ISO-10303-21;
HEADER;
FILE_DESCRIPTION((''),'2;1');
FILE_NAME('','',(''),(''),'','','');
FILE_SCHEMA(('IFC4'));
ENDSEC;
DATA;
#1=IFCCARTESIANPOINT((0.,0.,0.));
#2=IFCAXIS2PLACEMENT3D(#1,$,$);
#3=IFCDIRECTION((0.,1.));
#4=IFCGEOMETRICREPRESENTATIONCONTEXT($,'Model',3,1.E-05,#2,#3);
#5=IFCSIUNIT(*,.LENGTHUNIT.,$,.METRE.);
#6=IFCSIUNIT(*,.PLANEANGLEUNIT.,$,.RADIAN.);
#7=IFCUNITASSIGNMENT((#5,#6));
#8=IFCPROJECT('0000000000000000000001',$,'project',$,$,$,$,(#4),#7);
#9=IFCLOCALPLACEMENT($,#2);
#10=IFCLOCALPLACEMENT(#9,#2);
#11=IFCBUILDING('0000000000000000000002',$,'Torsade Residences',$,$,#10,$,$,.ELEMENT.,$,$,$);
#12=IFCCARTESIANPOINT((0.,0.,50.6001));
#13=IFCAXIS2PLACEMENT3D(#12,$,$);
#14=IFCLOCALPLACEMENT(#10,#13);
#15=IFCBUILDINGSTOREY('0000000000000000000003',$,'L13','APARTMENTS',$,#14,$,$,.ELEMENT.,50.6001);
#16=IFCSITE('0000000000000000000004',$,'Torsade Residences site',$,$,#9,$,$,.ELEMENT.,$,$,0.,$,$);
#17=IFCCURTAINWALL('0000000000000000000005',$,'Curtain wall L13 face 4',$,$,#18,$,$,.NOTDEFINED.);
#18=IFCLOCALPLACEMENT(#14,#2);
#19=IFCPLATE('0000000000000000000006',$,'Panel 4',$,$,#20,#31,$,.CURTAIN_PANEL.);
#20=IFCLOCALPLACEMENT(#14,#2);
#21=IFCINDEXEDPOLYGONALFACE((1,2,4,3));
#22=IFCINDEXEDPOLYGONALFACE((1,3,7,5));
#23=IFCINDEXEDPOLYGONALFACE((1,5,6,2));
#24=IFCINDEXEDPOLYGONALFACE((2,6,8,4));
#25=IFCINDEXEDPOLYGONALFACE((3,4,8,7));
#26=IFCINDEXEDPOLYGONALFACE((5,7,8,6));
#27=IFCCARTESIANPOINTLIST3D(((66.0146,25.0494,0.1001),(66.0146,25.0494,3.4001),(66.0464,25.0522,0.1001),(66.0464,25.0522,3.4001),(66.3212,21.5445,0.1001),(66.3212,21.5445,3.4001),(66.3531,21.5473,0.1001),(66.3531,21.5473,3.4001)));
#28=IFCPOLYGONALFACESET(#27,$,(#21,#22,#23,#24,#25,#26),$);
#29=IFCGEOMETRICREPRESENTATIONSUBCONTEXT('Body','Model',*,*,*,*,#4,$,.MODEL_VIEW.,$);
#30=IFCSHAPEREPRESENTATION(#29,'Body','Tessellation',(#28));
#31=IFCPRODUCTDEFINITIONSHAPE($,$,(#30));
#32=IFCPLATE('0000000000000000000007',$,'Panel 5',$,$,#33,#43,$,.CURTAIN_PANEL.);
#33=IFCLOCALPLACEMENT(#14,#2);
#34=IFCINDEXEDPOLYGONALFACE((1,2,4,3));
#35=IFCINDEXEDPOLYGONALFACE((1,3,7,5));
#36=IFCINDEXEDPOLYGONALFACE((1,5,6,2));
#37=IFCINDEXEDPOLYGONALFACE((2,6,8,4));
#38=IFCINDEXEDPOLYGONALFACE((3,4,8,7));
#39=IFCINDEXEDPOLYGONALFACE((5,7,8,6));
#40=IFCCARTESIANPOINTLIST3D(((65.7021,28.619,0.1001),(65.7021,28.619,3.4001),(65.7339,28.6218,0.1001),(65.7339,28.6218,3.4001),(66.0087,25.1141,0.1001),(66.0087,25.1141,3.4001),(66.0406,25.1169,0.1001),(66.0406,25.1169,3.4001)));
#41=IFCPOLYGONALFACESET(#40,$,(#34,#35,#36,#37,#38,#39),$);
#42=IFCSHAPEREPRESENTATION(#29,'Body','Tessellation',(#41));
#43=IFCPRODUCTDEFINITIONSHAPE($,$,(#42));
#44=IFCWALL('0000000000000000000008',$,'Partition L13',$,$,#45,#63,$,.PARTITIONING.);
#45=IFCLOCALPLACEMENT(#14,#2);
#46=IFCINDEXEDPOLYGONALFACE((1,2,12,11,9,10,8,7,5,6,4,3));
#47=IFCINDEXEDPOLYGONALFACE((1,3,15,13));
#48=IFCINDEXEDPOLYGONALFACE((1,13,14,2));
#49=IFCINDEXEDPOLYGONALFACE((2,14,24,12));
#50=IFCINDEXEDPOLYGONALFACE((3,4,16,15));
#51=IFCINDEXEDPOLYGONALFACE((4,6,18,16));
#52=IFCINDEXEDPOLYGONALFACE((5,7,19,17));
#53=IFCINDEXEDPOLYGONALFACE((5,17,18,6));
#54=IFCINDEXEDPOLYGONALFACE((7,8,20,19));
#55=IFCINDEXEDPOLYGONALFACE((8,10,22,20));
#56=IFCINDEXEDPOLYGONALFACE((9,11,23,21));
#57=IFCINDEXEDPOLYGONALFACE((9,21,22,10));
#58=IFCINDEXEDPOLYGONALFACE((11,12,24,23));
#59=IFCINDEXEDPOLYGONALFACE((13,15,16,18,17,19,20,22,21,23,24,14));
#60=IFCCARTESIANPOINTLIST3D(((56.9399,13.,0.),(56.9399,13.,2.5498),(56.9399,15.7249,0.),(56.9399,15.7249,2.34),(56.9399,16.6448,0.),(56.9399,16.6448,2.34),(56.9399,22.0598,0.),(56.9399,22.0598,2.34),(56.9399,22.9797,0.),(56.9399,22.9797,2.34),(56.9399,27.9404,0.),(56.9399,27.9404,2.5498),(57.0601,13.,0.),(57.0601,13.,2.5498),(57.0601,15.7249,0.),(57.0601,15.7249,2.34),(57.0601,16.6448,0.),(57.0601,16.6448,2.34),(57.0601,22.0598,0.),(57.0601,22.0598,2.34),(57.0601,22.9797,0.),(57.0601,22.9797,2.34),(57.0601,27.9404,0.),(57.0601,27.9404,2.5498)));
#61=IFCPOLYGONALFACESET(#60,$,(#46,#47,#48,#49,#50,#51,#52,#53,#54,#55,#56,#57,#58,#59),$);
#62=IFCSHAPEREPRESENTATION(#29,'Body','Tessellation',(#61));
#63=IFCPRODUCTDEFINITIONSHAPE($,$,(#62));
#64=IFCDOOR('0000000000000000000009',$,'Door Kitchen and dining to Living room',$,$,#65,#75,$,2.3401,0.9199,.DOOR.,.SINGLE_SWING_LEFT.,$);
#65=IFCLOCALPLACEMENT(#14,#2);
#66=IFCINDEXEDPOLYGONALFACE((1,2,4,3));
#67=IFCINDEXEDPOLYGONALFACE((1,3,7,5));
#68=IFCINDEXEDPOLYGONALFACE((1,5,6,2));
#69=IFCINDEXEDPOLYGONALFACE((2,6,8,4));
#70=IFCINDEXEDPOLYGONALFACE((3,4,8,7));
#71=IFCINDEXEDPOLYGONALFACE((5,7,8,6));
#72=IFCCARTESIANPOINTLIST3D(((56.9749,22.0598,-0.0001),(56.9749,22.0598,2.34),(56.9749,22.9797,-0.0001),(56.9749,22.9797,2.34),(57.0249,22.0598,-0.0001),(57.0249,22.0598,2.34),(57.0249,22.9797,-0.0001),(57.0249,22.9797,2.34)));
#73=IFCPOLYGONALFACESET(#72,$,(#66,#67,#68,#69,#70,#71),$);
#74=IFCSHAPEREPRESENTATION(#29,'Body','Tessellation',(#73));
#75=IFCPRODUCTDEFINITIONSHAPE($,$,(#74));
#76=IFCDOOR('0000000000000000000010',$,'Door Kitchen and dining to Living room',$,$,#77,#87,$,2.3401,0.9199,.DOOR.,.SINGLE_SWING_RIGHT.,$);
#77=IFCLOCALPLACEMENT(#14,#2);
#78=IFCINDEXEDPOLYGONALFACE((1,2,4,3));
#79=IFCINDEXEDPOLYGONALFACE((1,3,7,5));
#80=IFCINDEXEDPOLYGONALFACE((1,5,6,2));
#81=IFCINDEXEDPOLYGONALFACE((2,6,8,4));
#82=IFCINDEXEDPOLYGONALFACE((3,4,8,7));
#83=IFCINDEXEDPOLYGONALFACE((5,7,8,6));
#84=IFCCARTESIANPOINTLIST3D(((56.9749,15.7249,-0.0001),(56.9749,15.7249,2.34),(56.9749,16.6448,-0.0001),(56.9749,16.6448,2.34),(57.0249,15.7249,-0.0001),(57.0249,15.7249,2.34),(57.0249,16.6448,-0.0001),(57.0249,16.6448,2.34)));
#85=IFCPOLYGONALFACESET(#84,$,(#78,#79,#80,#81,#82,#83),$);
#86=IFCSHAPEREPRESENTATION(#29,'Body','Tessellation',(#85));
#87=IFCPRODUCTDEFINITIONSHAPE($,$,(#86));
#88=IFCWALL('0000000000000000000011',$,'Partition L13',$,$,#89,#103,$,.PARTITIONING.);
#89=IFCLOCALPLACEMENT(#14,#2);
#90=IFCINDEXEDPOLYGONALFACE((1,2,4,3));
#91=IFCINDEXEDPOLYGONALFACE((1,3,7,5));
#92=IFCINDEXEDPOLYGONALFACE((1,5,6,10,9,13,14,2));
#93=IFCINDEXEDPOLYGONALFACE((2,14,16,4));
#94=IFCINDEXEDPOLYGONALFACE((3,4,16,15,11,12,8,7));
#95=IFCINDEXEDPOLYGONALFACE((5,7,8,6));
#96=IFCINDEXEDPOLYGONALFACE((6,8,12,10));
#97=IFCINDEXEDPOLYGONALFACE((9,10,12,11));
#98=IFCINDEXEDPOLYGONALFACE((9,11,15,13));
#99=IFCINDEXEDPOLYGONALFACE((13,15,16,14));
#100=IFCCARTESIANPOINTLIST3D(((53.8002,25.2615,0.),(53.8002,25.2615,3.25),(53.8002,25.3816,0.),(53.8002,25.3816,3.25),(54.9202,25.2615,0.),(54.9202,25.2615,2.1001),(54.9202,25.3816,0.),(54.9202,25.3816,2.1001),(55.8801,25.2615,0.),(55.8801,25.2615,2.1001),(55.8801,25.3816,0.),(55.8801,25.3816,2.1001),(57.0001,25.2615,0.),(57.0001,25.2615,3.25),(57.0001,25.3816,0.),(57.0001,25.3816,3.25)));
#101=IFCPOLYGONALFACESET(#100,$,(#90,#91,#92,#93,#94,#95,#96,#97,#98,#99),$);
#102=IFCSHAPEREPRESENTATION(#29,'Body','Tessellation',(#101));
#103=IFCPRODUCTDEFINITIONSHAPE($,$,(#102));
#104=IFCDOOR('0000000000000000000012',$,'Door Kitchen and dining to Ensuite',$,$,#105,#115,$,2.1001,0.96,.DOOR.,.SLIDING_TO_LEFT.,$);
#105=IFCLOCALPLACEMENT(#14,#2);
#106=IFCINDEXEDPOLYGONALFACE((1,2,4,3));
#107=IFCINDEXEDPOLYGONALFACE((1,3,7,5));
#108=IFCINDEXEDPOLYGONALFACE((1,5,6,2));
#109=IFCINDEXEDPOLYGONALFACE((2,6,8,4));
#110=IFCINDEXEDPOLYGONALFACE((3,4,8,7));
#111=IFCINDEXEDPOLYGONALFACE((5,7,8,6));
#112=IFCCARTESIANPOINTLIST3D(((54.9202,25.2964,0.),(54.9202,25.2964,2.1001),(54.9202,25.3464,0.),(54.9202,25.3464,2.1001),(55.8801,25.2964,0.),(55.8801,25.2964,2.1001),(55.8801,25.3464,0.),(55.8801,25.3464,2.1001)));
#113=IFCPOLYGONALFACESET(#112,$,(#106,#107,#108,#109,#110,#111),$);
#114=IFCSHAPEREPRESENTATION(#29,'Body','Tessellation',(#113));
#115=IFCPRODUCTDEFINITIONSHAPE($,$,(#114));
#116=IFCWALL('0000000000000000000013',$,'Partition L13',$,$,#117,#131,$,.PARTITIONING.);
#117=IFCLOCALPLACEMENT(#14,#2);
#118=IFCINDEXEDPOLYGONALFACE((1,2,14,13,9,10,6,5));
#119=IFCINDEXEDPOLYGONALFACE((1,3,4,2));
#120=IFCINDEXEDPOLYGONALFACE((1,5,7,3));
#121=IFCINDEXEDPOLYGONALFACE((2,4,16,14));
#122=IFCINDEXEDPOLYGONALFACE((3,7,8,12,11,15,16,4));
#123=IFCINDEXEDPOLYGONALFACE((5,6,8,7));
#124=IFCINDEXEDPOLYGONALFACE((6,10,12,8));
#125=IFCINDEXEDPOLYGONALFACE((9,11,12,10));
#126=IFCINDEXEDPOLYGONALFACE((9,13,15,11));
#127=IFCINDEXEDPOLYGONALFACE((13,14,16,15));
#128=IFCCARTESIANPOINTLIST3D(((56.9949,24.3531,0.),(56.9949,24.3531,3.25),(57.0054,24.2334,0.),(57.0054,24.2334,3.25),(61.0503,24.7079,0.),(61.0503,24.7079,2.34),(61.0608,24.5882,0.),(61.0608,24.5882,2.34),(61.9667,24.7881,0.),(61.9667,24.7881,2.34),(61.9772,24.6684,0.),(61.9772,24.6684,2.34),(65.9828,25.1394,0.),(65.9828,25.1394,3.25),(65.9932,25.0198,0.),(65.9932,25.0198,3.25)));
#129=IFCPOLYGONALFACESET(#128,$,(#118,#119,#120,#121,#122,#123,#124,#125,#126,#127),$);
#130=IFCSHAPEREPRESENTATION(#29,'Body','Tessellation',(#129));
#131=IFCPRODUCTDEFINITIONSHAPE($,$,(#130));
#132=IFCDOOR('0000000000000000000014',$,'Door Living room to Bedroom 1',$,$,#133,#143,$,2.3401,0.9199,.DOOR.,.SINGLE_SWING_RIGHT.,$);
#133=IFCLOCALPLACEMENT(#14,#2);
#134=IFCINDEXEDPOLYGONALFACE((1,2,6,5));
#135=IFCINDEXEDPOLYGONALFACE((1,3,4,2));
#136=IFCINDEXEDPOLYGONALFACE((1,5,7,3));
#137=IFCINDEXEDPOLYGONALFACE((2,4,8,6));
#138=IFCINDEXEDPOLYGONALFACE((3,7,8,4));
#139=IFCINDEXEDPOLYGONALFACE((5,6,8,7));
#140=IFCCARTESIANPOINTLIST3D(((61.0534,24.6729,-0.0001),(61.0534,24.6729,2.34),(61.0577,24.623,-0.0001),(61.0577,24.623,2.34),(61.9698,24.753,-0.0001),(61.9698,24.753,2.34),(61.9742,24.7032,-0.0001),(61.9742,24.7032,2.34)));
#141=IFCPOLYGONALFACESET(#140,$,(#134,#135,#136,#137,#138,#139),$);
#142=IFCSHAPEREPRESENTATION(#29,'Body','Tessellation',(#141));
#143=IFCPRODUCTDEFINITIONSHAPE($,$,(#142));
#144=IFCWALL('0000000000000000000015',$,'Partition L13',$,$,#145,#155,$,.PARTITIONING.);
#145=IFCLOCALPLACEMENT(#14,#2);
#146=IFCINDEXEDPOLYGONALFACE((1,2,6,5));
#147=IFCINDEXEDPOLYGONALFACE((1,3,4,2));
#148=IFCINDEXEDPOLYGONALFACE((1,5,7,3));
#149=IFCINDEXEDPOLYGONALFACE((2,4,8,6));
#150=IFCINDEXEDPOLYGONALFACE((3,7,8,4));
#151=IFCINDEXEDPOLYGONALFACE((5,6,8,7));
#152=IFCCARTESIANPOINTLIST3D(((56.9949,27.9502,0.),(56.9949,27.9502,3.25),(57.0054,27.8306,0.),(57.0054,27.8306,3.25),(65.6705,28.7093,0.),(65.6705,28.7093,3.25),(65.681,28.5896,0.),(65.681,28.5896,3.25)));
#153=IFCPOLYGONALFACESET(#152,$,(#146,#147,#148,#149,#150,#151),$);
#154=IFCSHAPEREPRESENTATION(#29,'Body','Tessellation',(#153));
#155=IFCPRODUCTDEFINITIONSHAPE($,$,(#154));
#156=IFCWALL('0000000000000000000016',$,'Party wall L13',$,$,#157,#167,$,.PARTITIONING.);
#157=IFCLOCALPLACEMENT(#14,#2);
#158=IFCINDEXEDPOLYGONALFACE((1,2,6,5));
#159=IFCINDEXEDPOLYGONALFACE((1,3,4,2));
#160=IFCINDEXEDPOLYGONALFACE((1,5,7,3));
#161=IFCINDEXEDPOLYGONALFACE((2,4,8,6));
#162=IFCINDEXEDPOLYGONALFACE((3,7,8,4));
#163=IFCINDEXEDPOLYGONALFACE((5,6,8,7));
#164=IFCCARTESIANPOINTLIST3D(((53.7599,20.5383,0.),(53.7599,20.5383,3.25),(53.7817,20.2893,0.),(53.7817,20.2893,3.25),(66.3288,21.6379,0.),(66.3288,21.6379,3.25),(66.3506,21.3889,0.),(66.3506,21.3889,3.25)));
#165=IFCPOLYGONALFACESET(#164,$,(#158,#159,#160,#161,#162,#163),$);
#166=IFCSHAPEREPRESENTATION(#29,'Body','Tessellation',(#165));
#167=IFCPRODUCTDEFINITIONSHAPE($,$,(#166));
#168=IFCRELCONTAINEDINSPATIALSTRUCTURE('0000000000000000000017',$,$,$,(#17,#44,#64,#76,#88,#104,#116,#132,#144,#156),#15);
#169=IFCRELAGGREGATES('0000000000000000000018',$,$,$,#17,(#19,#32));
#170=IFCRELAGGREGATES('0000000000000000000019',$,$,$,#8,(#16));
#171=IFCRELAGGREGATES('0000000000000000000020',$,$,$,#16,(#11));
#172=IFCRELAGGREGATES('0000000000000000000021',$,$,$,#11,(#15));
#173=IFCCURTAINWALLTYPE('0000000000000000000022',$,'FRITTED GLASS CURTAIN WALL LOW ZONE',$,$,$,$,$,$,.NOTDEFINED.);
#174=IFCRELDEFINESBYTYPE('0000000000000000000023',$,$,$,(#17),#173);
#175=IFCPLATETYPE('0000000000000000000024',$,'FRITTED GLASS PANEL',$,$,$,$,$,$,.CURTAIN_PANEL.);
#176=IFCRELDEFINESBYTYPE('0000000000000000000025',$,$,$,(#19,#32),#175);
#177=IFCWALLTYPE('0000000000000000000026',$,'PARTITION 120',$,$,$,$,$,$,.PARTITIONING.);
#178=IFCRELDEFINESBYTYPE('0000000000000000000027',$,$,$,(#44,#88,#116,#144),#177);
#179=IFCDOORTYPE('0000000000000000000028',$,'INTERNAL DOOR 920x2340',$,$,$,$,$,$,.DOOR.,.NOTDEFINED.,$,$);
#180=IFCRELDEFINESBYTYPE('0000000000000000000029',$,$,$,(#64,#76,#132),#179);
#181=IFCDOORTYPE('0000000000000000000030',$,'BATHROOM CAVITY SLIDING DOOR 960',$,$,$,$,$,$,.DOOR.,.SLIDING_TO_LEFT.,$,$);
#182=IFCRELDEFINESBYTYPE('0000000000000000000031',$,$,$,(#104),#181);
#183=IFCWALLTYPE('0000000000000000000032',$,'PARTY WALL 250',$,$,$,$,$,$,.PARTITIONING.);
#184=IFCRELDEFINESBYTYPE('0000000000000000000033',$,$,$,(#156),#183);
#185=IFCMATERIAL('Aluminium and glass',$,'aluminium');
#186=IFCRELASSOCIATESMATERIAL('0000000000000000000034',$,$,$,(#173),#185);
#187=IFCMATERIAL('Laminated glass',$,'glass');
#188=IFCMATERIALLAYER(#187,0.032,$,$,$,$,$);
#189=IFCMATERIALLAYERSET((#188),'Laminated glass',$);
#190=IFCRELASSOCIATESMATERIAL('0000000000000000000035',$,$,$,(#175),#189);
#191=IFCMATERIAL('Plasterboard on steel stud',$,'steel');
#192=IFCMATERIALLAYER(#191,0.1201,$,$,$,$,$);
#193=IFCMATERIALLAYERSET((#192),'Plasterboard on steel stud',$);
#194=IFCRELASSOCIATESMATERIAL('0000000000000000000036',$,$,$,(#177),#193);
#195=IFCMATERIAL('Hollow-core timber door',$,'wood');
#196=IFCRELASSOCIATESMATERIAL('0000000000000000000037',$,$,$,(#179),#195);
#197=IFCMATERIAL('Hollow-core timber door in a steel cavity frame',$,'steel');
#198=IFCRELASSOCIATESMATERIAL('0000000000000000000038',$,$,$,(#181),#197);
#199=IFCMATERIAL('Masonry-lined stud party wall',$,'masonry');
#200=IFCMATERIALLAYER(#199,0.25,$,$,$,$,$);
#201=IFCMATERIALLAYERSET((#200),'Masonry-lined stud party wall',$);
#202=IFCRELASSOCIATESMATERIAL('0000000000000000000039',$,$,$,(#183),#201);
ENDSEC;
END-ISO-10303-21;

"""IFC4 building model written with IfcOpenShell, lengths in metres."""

from ifc_helpers import new_model, si_unit, direction, frame, frame_2d, origin, origin_2d, place, context, subcontext, project, spatial, rectangle, extrude, material, layer, layer_set, type_object, element, fill, aggregate, save


model = new_model("IFC4")

# Units and contexts
model_context = context("Model", 3, precision=1e-05, world=origin(), true_north=direction((0.0, 1.0)))
body_context = subcontext(model_context, "Body", "Model", "MODEL_VIEW")
ifc_project = project(units=[si_unit("LENGTHUNIT", "METRE"), si_unit("PLANEANGLEUNIT", "RADIAN")], contexts=[model_context])

# Site, building, storey
site_placement = place(None, origin())
site = spatial("IfcSite", under=ifc_project, at=site_placement, Name="Torsade Residences site", CompositionType="ELEMENT", RefElevation=0.0)
building_placement = place(site_placement, origin())
building = spatial("IfcBuilding", under=site, at=building_placement, Name="Torsade Residences", CompositionType="ELEMENT")
storey_placement = place(building_placement, frame((0.0, 0.0, 50.6001)))
storey = spatial("IfcBuildingStorey", under=building, at=storey_placement, Name="L13", Description="APARTMENTS", CompositionType="ELEMENT", Elevation=50.6001)

# Curtain wall
ifc_material_1 = material(Name="Aluminium and glass", Category="aluminium")
curtain_wall_type = type_object("IfcCurtainWallType", Name="FRITTED GLASS CURTAIN WALL LOW ZONE", PredefinedType="NOTDEFINED", material=ifc_material_1)
curtain_wall_placement = place(storey_placement, origin())
curtain_wall = element("IfcCurtainWall", 1, at=curtain_wall_placement, inside=storey, type_object=curtain_wall_type, Name="Curtain wall L13 face 4", PredefinedType="NOTDEFINED")

# Plates
ifc_material_2 = material(Name="Laminated glass", Category="glass")
ifc_layer_1 = layer(ifc_material_2, 0.032)
ifc_layer_set_1 = layer_set([ifc_layer_1], Name="Laminated glass")
plate_type = type_object("IfcPlateType", Name="FRITTED GLASS PANEL", PredefinedType="CURTAIN_PANEL", material=ifc_layer_set_1)
plate_1_placement = place(storey_placement, frame((66.1838, 23.2983, 0.1001), z_axis=(0.0, 0.0, 1.0), x_axis=(-0.087156, 0.996195, 0.0)))
plate_1 = element("IfcPlate", 2, at=plate_1_placement, type_object=plate_type, Name="Panel 4", PredefinedType="CURTAIN_PANEL", context=body_context, shape_type="SweptSolid", body=[
    extrude(rectangle(XDim=3.5183, YDim=0.032, at=origin_2d()), origin(), (0.0, 0.0, 1.0), 3.3),
])
plate_2_placement = place(storey_placement, frame((65.8713, 26.8679, 0.1001), z_axis=(0.0, 0.0, 1.0), x_axis=(-0.087156, 0.996195, 0.0)))
plate_2 = element("IfcPlate", 3, at=plate_2_placement, type_object=plate_type, Name="Panel 5", PredefinedType="CURTAIN_PANEL", context=body_context, shape_type="SweptSolid", body=[
    extrude(rectangle(XDim=3.5183, YDim=0.032, at=origin_2d()), origin(), (0.0, 0.0, 1.0), 3.3),
])
aggregate(curtain_wall, [plate_1, plate_2])

# Wall, openings, doors
ifc_material_3 = material(Name="Plasterboard on steel stud", Category="steel")
ifc_layer_2 = layer(ifc_material_3, 0.1201)
ifc_layer_set_2 = layer_set([ifc_layer_2], Name="Plasterboard on steel stud")
wall_type_1 = type_object("IfcWallType", Name="PARTITION 120", PredefinedType="PARTITIONING", material=ifc_layer_set_2)
wall_1_placement = place(storey_placement, frame((57.0, 27.9404, 0.0), z_axis=(0.0, 0.0, 1.0), x_axis=(0.0, -1.0, 0.0)))
wall_1 = element("IfcWall", 4, at=wall_1_placement, inside=storey, type_object=wall_type_1, Name="Partition L13", PredefinedType="PARTITIONING", context=body_context, shape_type="SweptSolid", body=[
    extrude(rectangle(XDim=14.9404, YDim=0.1201, at=frame_2d((7.4702, 0.0))), origin(), (0.0, 0.0, 1.0), 2.5498),
])
opening_1_placement = place(wall_1_placement, frame((4.9607, 0.0, 0.0)))
opening_1 = element("IfcOpeningElement", 5, at=opening_1_placement, cuts=wall_1, PredefinedType="OPENING", context=body_context, shape_type="SweptSolid", body=[
    extrude(rectangle(XDim=0.9199, YDim=2.3401, at=frame_2d((0.46, 1.1699))), frame((0.0, 0.0701, 0.0), z_axis=(0.0, -1.0, 0.0), x_axis=(1.0, 0.0, 0.0)), (0.0, 0.0, 1.0), 0.1401),
])
opening_2_placement = place(wall_1_placement, frame((11.2957, 0.0, 0.0)))
opening_2 = element("IfcOpeningElement", 6, at=opening_2_placement, cuts=wall_1, PredefinedType="OPENING", context=body_context, shape_type="SweptSolid", body=[
    extrude(rectangle(XDim=0.9199, YDim=2.3401, at=frame_2d((0.46, 1.1699))), frame((0.0, 0.0701, 0.0), z_axis=(0.0, -1.0, 0.0), x_axis=(1.0, 0.0, 0.0)), (0.0, 0.0, 1.0), 0.1401),
])
ifc_material_4 = material(Name="Hollow-core timber door", Category="wood")
door_type_1 = type_object("IfcDoorType", Name="INTERNAL DOOR 920x2340", OperationType="NOTDEFINED", PredefinedType="DOOR", material=ifc_material_4)
door_1_placement = place(opening_1_placement, origin())
door_1 = element("IfcDoor", 7, at=door_1_placement, inside=storey, type_object=door_type_1, Name="Door Kitchen and dining to Living room", OperationType="SINGLE_SWING_LEFT", OverallHeight=2.3401, OverallWidth=0.9199, PredefinedType="DOOR", context=body_context, shape_type="SweptSolid", body=[
    extrude(rectangle(XDim=0.9199, YDim=2.3401, at=frame_2d((0.46, 1.1699))), frame((0.0, 0.0249, 0.0), z_axis=(0.0, -1.0, 0.0), x_axis=(1.0, 0.0, 0.0)), (0.0, 0.0, 1.0), 0.05),
])
fill(opening_1, door_1)
door_2_placement = place(opening_2_placement, origin())
door_2 = element("IfcDoor", 8, at=door_2_placement, inside=storey, type_object=door_type_1, Name="Door Kitchen and dining to Living room", OperationType="SINGLE_SWING_RIGHT", OverallHeight=2.3401, OverallWidth=0.9199, PredefinedType="DOOR", context=body_context, shape_type="SweptSolid", body=[
    extrude(rectangle(XDim=0.9199, YDim=2.3401, at=frame_2d((0.46, 1.1699))), frame((0.0, 0.0249, 0.0), z_axis=(0.0, -1.0, 0.0), x_axis=(1.0, 0.0, 0.0)), (0.0, 0.0, 1.0), 0.05),
])
fill(opening_2, door_2)

# Walls, openings, doors
wall_2_placement = place(storey_placement, frame((53.8, 25.3215, 0.0), z_axis=(0.0, 0.0, 1.0), x_axis=(1.0, 0.0, 0.0)))
wall_2 = element("IfcWall", 9, at=wall_2_placement, inside=storey, type_object=wall_type_1, Name="Partition L13", PredefinedType="PARTITIONING", context=body_context, shape_type="SweptSolid", body=[
    extrude(rectangle(XDim=3.2, YDim=0.1201, at=frame_2d((1.6001, 0.0))), origin(), (0.0, 0.0, 1.0), 3.25),
])
opening_3_placement = place(wall_2_placement, frame((1.1201, 0.0, 0.0)))
opening_3 = element("IfcOpeningElement", 10, at=opening_3_placement, cuts=wall_2, PredefinedType="OPENING", context=body_context, shape_type="SweptSolid", body=[
    extrude(rectangle(XDim=0.96, YDim=2.1001, at=frame_2d((0.48, 1.05))), frame((0.0, 0.0701, 0.0), z_axis=(0.0, -1.0, 0.0), x_axis=(1.0, 0.0, 0.0)), (0.0, 0.0, 1.0), 0.1401),
])
ifc_material_5 = material(Name="Hollow-core timber door in a steel cavity frame", Category="steel")
door_type_2 = type_object("IfcDoorType", Name="BATHROOM CAVITY SLIDING DOOR 960", OperationType="SLIDING_TO_LEFT", PredefinedType="DOOR", material=ifc_material_5)
door_3_placement = place(opening_3_placement, origin())
door_3 = element("IfcDoor", 11, at=door_3_placement, inside=storey, type_object=door_type_2, Name="Door Kitchen and dining to Ensuite", OperationType="SLIDING_TO_LEFT", OverallHeight=2.1001, OverallWidth=0.96, PredefinedType="DOOR", context=body_context, shape_type="SweptSolid", body=[
    extrude(rectangle(XDim=0.96, YDim=2.1001, at=frame_2d((0.48, 1.05))), frame((0.0, 0.0249, 0.0), z_axis=(0.0, -1.0, 0.0), x_axis=(1.0, 0.0, 0.0)), (0.0, 0.0, 1.0), 0.05),
])
fill(opening_3, door_3)
wall_3_placement = place(storey_placement, frame((57.0, 24.2932, 0.0), z_axis=(0.0, 0.0, 1.0), x_axis=(0.996194, 0.087161, 0.0)))
wall_3 = element("IfcWall", 12, at=wall_3_placement, inside=storey, type_object=wall_type_1, Name="Partition L13", PredefinedType="PARTITIONING", context=body_context, shape_type="SweptSolid", body=[
    extrude(rectangle(XDim=9.0222, YDim=0.1201, at=frame_2d((4.5112, 0.0))), origin(), (0.0, 0.0, 1.0), 3.25),
])
opening_4_placement = place(wall_3_placement, frame((4.071, 0.0, 0.0)))
opening_4 = element("IfcOpeningElement", 13, at=opening_4_placement, cuts=wall_3, PredefinedType="OPENING", context=body_context, shape_type="SweptSolid", body=[
    extrude(rectangle(XDim=0.9199, YDim=2.3401, at=frame_2d((0.46, 1.1699))), frame((0.0, 0.0701, 0.0), z_axis=(0.0, -1.0, 0.0), x_axis=(1.0, 0.0, 0.0)), (0.0, 0.0, 1.0), 0.1401),
])
door_4_placement = place(opening_4_placement, origin())
door_4 = element("IfcDoor", 14, at=door_4_placement, inside=storey, type_object=door_type_1, Name="Door Living room to Bedroom 1", OperationType="SINGLE_SWING_RIGHT", OverallHeight=2.3401, OverallWidth=0.9199, PredefinedType="DOOR", context=body_context, shape_type="SweptSolid", body=[
    extrude(rectangle(XDim=0.9199, YDim=2.3401, at=frame_2d((0.46, 1.1699))), frame((0.0, 0.0249, 0.0), z_axis=(0.0, -1.0, 0.0), x_axis=(1.0, 0.0, 0.0)), (0.0, 0.0, 1.0), 0.05),
])
fill(opening_4, door_4)

# Walls
wall_4_placement = place(storey_placement, frame((57.0, 27.8904, 0.0), z_axis=(0.0, 0.0, 1.0), x_axis=(0.996194, 0.087158, 0.0)))
element("IfcWall", 15, at=wall_4_placement, inside=storey, type_object=wall_type_1, Name="Partition L13", PredefinedType="PARTITIONING", context=body_context, shape_type="SweptSolid", body=[
    extrude(rectangle(XDim=8.7087, YDim=0.1201, at=frame_2d((4.3545, 0.0))), origin(), (0.0, 0.0, 1.0), 3.25),
])
ifc_material_6 = material(Name="Masonry-lined stud party wall", Category="masonry")
ifc_layer_3 = layer(ifc_material_6, 0.25)
ifc_layer_set_3 = layer_set([ifc_layer_3], Name="Masonry-lined stud party wall")
wall_type_2 = type_object("IfcWallType", Name="PARTY WALL 250", PredefinedType="PARTITIONING", material=ifc_layer_set_3)
wall_5_placement = place(storey_placement, frame((66.3398, 21.5134, 0.0), z_axis=(0.0, 0.0, 1.0), x_axis=(-0.996195, -0.087154, 0.0)))
element("IfcWall", 16, at=wall_5_placement, inside=storey, type_object=wall_type_2, Name="Party wall L13", PredefinedType="PARTITIONING", context=body_context, shape_type="SweptSolid", body=[
    extrude(rectangle(XDim=12.6169, YDim=0.25, at=frame_2d((6.3086, 0.0))), origin(), (0.0, 0.0, 1.0), 3.25),
])

save(model, "model.ifc")
